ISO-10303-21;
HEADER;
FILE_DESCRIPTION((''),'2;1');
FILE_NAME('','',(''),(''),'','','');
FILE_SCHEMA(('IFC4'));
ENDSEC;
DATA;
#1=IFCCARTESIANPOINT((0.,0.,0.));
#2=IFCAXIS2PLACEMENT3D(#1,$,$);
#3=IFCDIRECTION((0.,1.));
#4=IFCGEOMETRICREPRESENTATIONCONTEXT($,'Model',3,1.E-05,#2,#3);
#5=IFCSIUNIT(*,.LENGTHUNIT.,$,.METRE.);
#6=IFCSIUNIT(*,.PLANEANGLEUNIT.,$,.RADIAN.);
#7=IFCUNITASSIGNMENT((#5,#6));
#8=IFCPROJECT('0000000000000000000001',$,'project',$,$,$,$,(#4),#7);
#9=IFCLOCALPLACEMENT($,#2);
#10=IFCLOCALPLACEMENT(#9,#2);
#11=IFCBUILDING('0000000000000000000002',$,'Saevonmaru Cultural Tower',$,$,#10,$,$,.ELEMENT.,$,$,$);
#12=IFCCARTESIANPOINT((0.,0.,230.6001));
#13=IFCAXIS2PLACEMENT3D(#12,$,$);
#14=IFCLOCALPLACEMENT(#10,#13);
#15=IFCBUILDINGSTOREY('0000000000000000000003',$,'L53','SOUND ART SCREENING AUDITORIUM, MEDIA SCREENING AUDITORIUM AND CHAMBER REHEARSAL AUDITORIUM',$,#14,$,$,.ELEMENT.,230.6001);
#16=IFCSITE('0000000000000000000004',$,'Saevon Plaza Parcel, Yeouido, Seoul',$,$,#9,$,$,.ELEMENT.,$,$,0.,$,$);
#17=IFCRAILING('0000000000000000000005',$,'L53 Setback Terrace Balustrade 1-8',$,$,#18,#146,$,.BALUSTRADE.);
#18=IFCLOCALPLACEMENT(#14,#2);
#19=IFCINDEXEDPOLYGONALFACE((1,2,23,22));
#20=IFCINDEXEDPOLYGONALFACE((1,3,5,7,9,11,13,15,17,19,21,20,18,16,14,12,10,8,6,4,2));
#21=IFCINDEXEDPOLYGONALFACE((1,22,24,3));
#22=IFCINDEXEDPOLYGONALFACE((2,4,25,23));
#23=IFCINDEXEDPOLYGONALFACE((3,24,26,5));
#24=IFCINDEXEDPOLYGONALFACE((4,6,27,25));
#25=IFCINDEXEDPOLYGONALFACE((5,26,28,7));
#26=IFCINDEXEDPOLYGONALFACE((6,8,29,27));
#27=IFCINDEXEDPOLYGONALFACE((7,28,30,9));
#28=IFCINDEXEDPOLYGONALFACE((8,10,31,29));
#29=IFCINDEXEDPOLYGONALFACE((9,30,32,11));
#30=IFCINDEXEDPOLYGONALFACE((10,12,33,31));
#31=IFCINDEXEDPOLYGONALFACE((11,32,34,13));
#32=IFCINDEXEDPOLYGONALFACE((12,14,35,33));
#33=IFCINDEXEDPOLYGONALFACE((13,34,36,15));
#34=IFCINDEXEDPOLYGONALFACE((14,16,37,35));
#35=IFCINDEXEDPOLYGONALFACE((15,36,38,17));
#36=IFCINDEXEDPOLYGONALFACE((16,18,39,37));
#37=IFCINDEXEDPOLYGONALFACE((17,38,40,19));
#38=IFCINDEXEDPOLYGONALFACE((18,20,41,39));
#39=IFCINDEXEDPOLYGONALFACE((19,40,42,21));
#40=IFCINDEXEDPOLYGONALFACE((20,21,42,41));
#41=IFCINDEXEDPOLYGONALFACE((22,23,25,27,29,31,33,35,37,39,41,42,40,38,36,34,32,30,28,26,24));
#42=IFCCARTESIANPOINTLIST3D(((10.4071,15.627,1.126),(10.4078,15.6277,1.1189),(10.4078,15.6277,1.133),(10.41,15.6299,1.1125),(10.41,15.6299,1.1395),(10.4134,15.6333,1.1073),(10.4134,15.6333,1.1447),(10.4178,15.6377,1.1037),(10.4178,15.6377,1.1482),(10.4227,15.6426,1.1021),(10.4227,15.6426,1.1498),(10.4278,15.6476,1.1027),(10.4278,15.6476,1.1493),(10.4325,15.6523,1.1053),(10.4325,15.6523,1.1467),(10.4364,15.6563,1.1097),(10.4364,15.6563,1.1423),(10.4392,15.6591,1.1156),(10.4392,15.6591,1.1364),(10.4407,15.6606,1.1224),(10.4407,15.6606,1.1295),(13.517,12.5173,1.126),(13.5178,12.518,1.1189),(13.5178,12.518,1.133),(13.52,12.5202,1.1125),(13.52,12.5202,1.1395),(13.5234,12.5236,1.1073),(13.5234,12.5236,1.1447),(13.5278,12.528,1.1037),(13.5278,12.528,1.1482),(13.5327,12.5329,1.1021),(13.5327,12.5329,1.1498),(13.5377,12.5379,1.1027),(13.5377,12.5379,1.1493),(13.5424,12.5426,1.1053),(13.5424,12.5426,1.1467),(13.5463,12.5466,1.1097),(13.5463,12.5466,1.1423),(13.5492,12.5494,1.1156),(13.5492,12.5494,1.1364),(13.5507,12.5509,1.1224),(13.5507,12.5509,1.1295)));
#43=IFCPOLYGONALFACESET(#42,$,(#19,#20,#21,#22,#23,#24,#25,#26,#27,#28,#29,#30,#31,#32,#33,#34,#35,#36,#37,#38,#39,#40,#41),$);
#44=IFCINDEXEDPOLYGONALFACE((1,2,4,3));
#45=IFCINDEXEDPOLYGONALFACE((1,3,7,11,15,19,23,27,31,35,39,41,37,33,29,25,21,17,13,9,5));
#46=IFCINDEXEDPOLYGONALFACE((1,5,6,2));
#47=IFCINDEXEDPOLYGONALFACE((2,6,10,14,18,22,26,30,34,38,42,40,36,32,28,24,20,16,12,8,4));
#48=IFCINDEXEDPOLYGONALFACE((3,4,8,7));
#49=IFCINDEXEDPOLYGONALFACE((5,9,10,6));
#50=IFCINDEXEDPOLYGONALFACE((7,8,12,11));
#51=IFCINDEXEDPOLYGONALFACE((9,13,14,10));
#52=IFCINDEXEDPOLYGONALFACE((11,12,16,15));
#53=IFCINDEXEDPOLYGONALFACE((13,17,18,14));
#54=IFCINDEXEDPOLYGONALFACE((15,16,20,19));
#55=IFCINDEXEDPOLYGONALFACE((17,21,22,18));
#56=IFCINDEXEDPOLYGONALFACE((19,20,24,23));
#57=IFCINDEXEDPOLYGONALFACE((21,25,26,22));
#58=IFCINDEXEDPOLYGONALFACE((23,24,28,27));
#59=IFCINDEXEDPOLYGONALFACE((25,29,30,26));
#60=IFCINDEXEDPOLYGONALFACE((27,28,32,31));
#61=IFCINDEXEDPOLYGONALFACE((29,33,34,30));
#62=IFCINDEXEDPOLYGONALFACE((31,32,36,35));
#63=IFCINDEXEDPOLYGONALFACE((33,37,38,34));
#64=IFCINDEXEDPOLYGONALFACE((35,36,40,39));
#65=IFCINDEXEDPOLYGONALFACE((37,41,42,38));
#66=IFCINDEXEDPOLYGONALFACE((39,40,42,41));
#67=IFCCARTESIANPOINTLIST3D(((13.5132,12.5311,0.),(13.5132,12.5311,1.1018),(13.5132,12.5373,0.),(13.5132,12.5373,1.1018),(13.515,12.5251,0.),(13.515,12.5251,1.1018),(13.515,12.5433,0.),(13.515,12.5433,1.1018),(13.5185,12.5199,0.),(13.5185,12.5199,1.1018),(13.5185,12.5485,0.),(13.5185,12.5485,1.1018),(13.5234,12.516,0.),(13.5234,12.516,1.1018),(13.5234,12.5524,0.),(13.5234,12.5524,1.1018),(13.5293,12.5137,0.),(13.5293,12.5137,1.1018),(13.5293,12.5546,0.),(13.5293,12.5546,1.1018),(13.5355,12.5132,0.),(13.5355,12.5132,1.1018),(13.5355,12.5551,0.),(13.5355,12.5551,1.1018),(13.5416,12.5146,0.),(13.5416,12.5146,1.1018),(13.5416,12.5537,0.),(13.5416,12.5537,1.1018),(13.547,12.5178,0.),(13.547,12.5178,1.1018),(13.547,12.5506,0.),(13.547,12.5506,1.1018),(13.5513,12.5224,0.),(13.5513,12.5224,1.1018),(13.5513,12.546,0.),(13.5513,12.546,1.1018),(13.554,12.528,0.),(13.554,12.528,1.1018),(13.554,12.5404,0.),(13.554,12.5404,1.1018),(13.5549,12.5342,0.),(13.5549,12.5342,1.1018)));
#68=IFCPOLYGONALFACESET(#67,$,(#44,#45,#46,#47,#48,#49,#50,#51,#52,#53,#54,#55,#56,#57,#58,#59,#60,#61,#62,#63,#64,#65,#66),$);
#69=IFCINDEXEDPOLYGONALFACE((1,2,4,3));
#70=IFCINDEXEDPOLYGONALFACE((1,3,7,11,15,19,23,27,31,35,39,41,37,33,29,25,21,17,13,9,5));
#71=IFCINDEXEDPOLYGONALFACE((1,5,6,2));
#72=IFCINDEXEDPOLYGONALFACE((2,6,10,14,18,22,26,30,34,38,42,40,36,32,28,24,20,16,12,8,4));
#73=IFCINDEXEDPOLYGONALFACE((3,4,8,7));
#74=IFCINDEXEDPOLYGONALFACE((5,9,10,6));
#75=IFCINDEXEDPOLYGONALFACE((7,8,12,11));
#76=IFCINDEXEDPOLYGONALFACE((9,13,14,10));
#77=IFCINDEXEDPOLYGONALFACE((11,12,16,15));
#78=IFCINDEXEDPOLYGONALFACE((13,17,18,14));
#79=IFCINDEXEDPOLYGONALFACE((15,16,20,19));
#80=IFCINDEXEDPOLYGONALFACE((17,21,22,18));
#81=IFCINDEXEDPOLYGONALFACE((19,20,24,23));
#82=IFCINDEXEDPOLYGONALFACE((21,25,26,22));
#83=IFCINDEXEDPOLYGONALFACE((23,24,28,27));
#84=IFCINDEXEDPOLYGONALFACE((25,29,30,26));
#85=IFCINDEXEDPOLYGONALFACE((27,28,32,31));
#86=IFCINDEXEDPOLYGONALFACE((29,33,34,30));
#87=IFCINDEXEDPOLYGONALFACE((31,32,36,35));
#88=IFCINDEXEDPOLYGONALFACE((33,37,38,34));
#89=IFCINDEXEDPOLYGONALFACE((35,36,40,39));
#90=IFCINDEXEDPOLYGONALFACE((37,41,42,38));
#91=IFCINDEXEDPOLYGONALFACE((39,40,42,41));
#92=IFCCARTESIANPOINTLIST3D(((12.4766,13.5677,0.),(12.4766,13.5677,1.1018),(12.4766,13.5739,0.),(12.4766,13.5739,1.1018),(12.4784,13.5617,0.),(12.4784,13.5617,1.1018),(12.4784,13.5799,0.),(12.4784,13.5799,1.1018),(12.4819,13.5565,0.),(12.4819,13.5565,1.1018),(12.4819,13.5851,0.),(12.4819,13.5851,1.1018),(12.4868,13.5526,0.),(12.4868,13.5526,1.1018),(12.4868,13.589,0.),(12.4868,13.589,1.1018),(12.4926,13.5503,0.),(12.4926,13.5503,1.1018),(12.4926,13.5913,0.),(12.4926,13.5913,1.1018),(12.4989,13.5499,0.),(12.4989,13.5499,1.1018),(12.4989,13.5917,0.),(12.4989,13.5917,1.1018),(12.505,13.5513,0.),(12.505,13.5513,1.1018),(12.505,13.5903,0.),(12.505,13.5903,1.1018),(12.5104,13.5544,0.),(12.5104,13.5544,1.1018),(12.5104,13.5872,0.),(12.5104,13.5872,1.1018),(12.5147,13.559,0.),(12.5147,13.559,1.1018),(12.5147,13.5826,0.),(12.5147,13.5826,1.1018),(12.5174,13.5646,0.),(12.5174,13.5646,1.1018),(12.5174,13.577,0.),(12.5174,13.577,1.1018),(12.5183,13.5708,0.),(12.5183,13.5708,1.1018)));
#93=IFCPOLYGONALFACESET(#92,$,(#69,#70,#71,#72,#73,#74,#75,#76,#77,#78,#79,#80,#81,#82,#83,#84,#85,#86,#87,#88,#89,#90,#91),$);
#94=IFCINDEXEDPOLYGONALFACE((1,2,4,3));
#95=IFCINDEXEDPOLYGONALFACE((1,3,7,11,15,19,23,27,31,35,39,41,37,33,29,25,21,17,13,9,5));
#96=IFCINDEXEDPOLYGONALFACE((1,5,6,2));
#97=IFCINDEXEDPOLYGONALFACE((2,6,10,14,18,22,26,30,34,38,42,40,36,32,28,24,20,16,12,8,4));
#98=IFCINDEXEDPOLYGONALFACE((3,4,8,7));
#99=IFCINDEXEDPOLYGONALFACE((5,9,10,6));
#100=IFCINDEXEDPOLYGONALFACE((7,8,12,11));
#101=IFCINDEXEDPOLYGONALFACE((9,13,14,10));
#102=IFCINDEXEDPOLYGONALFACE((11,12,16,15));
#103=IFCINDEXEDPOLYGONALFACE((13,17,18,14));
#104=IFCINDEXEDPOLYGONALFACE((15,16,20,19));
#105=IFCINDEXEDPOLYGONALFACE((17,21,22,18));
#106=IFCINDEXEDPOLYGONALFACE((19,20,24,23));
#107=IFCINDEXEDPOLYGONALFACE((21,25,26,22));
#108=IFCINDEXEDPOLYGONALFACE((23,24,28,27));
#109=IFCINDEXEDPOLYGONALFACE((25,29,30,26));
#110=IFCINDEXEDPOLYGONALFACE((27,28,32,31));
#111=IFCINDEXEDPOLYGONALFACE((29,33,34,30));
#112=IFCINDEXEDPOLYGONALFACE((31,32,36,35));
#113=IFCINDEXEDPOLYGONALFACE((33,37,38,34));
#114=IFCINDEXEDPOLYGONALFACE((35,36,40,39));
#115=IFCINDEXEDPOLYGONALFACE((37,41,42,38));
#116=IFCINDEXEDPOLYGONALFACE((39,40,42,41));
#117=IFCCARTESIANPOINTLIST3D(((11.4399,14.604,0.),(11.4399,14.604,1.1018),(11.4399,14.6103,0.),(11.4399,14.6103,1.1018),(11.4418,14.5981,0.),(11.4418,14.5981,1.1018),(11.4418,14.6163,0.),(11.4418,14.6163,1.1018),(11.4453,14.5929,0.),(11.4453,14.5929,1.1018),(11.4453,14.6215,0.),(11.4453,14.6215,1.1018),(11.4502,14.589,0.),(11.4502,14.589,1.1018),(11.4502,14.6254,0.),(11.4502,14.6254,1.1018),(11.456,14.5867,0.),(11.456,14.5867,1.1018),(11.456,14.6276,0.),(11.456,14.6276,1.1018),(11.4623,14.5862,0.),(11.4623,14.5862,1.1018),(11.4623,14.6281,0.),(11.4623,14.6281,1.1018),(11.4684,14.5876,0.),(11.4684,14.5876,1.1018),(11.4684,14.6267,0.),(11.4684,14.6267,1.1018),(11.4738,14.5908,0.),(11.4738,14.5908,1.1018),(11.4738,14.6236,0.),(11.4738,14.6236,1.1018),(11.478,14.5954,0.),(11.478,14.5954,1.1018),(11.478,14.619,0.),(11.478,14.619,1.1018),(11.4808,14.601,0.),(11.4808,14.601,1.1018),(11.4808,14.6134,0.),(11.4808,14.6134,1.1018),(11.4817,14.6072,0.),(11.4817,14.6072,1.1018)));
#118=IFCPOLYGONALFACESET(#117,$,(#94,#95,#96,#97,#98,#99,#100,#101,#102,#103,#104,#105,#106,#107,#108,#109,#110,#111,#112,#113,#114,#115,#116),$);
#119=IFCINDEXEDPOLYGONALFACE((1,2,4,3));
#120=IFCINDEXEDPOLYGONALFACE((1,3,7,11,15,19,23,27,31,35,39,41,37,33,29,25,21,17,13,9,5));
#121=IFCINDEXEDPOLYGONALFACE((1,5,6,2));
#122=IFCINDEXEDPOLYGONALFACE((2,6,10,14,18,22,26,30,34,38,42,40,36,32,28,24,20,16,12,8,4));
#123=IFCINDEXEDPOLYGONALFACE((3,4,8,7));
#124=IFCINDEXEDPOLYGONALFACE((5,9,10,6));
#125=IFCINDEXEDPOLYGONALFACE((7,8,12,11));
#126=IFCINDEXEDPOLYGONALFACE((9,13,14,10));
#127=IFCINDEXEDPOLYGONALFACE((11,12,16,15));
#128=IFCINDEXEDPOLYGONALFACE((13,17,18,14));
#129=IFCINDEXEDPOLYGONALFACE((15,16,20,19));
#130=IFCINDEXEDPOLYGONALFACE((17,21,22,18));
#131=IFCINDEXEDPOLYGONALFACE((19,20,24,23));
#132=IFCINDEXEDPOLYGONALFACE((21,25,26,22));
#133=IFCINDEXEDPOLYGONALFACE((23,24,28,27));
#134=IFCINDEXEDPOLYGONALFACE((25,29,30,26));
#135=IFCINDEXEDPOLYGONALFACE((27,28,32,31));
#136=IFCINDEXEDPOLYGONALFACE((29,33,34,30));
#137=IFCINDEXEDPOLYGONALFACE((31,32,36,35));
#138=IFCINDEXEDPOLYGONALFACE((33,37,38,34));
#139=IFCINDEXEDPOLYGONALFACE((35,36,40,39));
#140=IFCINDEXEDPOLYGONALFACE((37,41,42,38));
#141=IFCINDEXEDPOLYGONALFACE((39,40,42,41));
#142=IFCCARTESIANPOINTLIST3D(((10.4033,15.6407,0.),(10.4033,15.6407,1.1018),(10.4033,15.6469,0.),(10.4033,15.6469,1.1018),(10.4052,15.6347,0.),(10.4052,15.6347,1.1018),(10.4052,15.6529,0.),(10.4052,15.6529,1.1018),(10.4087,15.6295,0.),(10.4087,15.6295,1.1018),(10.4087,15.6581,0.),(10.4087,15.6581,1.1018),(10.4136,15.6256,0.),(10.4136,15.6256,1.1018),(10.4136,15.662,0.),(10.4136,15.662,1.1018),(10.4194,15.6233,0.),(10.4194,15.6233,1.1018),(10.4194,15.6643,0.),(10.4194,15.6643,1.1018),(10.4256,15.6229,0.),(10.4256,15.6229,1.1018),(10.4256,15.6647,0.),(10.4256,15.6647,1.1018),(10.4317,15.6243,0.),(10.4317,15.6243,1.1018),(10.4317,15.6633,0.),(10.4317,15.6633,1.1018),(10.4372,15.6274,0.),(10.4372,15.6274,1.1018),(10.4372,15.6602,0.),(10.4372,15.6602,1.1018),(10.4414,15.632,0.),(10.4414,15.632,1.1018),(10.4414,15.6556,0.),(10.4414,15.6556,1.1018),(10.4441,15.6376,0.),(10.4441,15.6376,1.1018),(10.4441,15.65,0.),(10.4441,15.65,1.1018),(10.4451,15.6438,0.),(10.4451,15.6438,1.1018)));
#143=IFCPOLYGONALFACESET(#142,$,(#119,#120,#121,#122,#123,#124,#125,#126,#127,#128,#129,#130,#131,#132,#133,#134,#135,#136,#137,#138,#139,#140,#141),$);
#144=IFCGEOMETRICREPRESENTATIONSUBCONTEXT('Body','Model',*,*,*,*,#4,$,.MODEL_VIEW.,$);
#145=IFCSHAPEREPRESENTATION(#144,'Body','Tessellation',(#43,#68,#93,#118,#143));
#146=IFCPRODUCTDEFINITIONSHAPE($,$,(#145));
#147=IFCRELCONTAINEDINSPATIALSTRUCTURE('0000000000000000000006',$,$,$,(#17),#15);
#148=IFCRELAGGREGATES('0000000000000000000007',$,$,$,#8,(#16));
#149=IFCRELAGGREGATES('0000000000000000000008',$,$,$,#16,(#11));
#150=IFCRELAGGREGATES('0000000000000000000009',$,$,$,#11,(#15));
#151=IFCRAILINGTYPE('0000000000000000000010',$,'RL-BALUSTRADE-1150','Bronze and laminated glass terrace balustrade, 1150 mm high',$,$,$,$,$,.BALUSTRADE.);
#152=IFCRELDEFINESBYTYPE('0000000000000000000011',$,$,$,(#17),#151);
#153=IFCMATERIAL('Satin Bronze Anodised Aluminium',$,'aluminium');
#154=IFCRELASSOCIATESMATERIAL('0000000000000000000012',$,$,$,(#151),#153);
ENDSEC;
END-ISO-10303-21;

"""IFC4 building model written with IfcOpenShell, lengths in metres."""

from ifc_helpers import new_model, si_unit, direction, frame, origin, origin_2d, place, context, subcontext, project, spatial, circle, extrude, material, type_object, element, save


model = new_model("IFC4")

# Units and contexts
model_context = context("Model", 3, precision=1e-05, world=origin(), true_north=direction((0.0, 1.0)))
body_context = subcontext(model_context, "Body", "Model", "MODEL_VIEW")
ifc_project = project(units=[si_unit("LENGTHUNIT", "METRE"), si_unit("PLANEANGLEUNIT", "RADIAN")], contexts=[model_context])

# Site, building, storey
site_placement = place(None, origin())
site = spatial("IfcSite", under=ifc_project, at=site_placement, Name="Saevon Plaza Parcel, Yeouido, Seoul", CompositionType="ELEMENT", RefElevation=0.0)
building_placement = place(site_placement, origin())
building = spatial("IfcBuilding", under=site, at=building_placement, Name="Saevonmaru Cultural Tower", CompositionType="ELEMENT")
storey_placement = place(building_placement, frame((0.0, 0.0, 230.6001)))
storey = spatial("IfcBuildingStorey", under=building, at=storey_placement, Name="L53", Description="SOUND ART SCREENING AUDITORIUM, MEDIA SCREENING AUDITORIUM AND CHAMBER REHEARSAL AUDITORIUM", CompositionType="ELEMENT", Elevation=230.6001)

# Shared definitions
ifc_material_1 = material(Name="Satin Bronze Anodised Aluminium", Category="aluminium")

# Railing
railing_type = type_object("IfcRailingType", Name="RL-BALUSTRADE-1150", Description="Bronze and laminated glass terrace balustrade, 1150 mm high", PredefinedType="BALUSTRADE", material=ifc_material_1)
railing_1_placement = place(storey_placement, frame((13.5339, 12.5342, 0.0)))
element("IfcRailing", 1, at=railing_1_placement, inside=storey, type_object=railing_type, Name="L53 Setback Terrace Balustrade 1-8", PredefinedType="BALUSTRADE", context=body_context, shape_type="SweptSolid", body=[
    extrude(circle(Radius=0.0239, at=origin_2d()), frame((0.0, 0.0, 1.126), z_axis=(-0.707135, 0.707079, 0.0), x_axis=(-0.707079, -0.707135, 0.0)), (0.0, 0.0, 1.0), 4.3979),
    extrude(circle(Radius=0.021, at=origin_2d()), origin(), (0.0, 0.0, 1.0), 1.1018),
    extrude(circle(Radius=0.021, at=origin_2d()), frame((-1.0366, 1.0366, 0.0)), (0.0, 0.0, 1.0), 1.1018),
    extrude(circle(Radius=0.021, at=origin_2d()), frame((-2.0732, 2.073, 0.0)), (0.0, 0.0, 1.0), 1.1018),
    extrude(circle(Radius=0.021, at=origin_2d()), frame((-3.1099, 3.1096, 0.0)), (0.0, 0.0, 1.0), 1.1018),
])

save(model, "model.ifc")
